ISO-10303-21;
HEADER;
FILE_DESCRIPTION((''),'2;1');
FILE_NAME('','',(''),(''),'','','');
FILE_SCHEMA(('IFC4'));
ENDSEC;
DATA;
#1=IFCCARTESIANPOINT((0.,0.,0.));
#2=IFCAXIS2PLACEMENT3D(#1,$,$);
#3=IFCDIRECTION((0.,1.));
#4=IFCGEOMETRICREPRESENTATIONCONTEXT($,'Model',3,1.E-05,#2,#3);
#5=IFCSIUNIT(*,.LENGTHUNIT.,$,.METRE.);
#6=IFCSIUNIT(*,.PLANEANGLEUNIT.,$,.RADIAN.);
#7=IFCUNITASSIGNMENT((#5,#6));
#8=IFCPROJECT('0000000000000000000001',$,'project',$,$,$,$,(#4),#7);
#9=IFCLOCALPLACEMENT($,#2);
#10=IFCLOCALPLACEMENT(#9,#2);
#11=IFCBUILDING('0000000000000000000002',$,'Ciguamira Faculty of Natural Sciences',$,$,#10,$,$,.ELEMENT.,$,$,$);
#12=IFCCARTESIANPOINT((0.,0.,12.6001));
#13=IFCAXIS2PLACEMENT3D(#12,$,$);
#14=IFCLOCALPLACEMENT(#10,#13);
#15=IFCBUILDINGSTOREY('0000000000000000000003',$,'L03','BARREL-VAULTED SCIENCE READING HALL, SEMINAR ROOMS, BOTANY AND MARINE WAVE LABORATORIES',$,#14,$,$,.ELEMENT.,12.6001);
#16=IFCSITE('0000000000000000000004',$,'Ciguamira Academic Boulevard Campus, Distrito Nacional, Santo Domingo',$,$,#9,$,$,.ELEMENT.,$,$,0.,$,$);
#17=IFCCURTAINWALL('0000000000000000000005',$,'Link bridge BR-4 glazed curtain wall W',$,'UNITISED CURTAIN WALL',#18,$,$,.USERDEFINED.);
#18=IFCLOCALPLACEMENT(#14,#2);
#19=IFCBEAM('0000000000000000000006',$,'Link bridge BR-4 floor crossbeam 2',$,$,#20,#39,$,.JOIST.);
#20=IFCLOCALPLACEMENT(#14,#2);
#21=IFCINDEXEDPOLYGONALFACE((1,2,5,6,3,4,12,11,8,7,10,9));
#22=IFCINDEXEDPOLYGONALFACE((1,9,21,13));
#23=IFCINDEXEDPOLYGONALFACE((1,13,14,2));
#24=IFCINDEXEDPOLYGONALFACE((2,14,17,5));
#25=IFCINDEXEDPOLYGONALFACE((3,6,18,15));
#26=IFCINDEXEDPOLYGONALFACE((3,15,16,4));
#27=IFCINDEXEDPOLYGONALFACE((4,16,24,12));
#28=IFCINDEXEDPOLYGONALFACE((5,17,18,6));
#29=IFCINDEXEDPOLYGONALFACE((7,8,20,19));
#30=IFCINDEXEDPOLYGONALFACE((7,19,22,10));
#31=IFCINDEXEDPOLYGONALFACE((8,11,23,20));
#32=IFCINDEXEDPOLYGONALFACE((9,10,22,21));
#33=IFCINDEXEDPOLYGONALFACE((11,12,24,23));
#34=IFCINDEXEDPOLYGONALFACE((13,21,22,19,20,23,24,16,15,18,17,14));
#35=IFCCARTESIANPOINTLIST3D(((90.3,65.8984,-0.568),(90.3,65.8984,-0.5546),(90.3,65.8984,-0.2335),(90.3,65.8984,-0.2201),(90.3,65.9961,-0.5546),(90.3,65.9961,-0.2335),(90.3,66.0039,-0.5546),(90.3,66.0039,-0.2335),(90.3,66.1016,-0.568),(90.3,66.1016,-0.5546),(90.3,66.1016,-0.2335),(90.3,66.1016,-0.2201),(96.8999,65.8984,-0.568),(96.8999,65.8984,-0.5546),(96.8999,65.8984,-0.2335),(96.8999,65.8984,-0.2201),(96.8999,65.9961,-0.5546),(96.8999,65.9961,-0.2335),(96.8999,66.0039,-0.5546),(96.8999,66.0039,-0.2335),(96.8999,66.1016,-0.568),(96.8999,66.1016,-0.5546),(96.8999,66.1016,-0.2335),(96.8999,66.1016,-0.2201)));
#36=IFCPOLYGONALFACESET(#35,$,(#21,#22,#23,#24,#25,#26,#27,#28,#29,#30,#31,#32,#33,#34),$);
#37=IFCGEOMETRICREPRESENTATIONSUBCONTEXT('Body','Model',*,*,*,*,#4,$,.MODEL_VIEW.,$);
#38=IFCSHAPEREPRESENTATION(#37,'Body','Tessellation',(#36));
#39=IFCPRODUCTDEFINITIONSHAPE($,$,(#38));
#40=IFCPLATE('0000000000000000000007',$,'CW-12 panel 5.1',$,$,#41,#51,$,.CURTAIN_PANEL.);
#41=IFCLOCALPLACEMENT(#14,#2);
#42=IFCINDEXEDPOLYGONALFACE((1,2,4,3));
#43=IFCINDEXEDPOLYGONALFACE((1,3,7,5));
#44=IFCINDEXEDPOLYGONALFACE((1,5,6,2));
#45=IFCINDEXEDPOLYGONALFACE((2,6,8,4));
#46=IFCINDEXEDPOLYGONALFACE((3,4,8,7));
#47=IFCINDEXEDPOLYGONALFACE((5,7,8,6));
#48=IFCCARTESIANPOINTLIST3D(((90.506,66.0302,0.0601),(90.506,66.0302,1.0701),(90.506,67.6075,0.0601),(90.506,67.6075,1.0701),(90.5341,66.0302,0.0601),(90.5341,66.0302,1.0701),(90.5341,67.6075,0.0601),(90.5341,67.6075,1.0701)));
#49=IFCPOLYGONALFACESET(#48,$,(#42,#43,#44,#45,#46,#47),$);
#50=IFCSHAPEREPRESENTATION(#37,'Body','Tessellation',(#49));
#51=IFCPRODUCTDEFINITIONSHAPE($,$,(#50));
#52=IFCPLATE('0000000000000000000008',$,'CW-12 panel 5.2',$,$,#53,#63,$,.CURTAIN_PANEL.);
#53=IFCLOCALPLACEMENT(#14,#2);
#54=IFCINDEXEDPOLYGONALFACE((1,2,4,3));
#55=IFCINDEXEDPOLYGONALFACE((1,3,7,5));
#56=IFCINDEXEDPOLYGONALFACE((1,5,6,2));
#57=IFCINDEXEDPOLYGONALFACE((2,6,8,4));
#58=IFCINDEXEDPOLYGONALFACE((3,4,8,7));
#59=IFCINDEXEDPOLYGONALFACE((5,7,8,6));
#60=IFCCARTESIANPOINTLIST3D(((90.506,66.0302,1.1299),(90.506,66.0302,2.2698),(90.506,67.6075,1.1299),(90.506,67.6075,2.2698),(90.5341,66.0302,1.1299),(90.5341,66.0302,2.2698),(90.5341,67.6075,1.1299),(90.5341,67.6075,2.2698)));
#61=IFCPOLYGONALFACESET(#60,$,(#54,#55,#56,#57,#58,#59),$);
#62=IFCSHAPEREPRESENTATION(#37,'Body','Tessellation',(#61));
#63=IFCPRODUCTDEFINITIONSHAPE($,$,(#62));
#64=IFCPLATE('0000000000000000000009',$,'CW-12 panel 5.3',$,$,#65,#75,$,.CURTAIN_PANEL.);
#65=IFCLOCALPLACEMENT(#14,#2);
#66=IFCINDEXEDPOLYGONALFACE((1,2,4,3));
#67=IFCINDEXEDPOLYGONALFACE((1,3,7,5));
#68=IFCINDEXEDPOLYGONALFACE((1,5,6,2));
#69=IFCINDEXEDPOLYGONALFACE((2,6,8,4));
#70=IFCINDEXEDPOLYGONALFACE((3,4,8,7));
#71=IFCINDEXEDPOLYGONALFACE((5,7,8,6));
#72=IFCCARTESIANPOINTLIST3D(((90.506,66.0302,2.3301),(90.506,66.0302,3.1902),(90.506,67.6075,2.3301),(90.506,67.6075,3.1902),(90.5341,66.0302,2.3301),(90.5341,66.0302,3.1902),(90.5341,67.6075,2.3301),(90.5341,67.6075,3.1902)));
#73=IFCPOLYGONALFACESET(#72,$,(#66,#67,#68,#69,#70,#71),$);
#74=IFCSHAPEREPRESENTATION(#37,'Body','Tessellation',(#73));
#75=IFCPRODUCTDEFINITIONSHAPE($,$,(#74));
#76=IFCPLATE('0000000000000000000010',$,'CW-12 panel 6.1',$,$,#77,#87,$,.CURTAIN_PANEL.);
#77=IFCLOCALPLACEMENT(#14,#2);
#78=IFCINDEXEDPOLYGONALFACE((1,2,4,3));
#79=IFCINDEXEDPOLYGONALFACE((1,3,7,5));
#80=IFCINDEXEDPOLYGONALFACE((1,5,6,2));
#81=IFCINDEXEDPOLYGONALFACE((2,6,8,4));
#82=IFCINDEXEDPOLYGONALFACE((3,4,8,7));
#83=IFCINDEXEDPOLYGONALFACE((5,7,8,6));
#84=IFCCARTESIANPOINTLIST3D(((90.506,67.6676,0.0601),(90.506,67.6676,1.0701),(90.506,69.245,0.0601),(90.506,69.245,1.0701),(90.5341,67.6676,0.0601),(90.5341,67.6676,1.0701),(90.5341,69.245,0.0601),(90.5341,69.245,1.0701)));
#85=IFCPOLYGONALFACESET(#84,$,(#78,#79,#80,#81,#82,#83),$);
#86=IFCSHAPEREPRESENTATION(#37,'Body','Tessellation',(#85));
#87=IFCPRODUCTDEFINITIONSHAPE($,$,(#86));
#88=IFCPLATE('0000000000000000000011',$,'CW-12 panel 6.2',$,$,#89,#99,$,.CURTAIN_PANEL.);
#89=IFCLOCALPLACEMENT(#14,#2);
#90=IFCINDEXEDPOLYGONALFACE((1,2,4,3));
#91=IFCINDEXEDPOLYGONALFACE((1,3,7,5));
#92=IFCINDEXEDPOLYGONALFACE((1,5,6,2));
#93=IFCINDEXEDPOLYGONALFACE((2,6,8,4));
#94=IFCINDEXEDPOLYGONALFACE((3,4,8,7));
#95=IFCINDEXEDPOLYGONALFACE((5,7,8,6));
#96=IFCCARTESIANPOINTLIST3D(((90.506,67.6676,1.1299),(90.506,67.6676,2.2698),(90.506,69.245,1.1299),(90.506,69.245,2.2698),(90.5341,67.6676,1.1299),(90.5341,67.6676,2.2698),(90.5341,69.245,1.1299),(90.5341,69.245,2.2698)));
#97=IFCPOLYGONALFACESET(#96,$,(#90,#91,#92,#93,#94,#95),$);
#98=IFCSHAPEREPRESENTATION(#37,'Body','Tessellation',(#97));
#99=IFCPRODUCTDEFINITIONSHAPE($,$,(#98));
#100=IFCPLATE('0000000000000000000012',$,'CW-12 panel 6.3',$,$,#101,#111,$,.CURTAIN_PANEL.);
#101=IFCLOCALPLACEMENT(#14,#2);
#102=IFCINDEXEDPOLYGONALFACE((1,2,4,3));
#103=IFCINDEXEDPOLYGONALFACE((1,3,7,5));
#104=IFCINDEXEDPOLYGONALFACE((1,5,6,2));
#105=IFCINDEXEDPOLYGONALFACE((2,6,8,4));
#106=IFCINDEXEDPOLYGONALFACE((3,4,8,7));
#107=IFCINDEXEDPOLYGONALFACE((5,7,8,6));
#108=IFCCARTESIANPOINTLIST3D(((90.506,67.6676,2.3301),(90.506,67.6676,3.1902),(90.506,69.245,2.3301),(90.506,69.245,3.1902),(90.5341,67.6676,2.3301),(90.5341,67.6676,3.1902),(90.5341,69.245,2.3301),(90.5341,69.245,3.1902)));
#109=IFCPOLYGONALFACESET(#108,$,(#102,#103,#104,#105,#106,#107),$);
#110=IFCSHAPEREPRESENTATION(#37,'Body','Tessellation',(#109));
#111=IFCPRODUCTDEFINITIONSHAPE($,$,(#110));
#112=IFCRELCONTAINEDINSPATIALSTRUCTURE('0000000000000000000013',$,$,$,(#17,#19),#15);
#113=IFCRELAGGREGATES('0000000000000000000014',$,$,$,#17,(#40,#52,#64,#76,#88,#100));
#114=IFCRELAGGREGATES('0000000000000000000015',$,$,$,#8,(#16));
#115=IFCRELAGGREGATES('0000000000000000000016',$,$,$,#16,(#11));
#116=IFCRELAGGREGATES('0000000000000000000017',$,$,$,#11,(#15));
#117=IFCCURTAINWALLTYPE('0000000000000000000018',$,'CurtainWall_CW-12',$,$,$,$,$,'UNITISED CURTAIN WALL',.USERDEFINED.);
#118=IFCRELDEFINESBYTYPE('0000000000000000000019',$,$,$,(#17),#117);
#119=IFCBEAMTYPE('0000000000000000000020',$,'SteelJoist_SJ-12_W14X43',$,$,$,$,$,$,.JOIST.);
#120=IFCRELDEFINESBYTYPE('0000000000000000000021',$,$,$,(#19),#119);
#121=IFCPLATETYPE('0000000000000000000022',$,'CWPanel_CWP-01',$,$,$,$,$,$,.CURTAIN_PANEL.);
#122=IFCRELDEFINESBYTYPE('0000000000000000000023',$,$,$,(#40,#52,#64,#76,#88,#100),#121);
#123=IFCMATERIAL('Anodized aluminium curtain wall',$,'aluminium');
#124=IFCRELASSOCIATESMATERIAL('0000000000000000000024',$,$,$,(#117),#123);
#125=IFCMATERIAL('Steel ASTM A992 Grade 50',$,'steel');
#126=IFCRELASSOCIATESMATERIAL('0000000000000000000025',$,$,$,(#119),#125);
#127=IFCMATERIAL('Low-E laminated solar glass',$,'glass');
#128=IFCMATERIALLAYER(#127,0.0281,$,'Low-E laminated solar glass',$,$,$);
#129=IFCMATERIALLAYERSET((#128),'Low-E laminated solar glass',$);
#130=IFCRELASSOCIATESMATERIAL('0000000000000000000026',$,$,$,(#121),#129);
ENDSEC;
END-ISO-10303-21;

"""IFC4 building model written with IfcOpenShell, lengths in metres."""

from ifc_helpers import new_model, si_unit, direction, frame, origin, origin_2d, place, context, subcontext, project, spatial, rectangle, i_section, extrude, material, layer, layer_set, material_profile, profile_set, type_object, element, aggregate, save


model = new_model("IFC4")

# Units and contexts
model_context = context("Model", 3, precision=1e-05, world=origin(), true_north=direction((0.0, 1.0)))
body_context = subcontext(model_context, "Body", "Model", "MODEL_VIEW")
ifc_project = project(units=[si_unit("LENGTHUNIT", "METRE"), si_unit("PLANEANGLEUNIT", "RADIAN")], contexts=[model_context])

# Site, building, storey
site_placement = place(None, origin())
site = spatial("IfcSite", under=ifc_project, at=site_placement, Name="Ciguamira Academic Boulevard Campus, Distrito Nacional, Santo Domingo", CompositionType="ELEMENT", RefElevation=0.0)
building_placement = place(site_placement, origin())
building = spatial("IfcBuilding", under=site, at=building_placement, Name="Ciguamira Faculty of Natural Sciences", CompositionType="ELEMENT")
storey_placement = place(building_placement, frame((0.0, 0.0, 12.6001)))
storey = spatial("IfcBuildingStorey", under=building, at=storey_placement, Name="L03", Description="BARREL-VAULTED SCIENCE READING HALL, SEMINAR ROOMS, BOTANY AND MARINE WAVE LABORATORIES", CompositionType="ELEMENT", Elevation=12.6001)

# Curtain wall
ifc_material_1 = material(Name="Anodized aluminium curtain wall", Category="aluminium")
curtain_wall_type = type_object("IfcCurtainWallType", Name="CurtainWall_CW-12", ElementType="UNITISED CURTAIN WALL", PredefinedType="USERDEFINED", material=ifc_material_1)
curtain_wall_placement = place(storey_placement, origin())
curtain_wall = element("IfcCurtainWall", 1, at=curtain_wall_placement, inside=storey, type_object=curtain_wall_type, Name="Link bridge BR-4 glazed curtain wall W", ObjectType="UNITISED CURTAIN WALL", PredefinedType="USERDEFINED")

# Beam
ifc_material_2 = material(Name="Steel ASTM A992 Grade 50", Category="steel")
ifc_material_profile_1 = material_profile(ifc_material_2, i_section(OverallWidth=0.2031, OverallDepth=0.3479, WebThickness=0.0078, FlangeThickness=0.0134, at=origin_2d()), Name="W14X43")
ifc_profile_set_1 = profile_set([ifc_material_profile_1], Name="Steel ASTM A992 Grade 50")
beam_type = type_object("IfcBeamType", Name="SteelJoist_SJ-12_W14X43", PredefinedType="JOIST", material=ifc_profile_set_1)
beam_placement = place(storey_placement, frame((90.3, 66.0, -0.394), z_axis=(1.0, 0.0, 0.0), x_axis=(0.0, 1.0, 0.0)))
element("IfcBeam", 2, at=beam_placement, inside=storey, type_object=beam_type, Name="Link bridge BR-4 floor crossbeam 2", PredefinedType="JOIST", context=body_context, shape_type="SweptSolid", body=[
    extrude(i_section(OverallWidth=0.2031, OverallDepth=0.3479, WebThickness=0.0078, FlangeThickness=0.0134, at=origin_2d()), origin(), (0.0, 0.0, 1.0), 6.5999),
])

# Plates
ifc_material_3 = material(Name="Low-E laminated solar glass", Category="glass")
ifc_layer = layer(ifc_material_3, 0.0281, Name="Low-E laminated solar glass")
ifc_layer_set = layer_set([ifc_layer], Name="Low-E laminated solar glass")
plate_type = type_object("IfcPlateType", Name="CWPanel_CWP-01", PredefinedType="CURTAIN_PANEL", material=ifc_layer_set)
plate_1_placement = place(storey_placement, frame((90.52, 66.8188, 0.0601), z_axis=(0.0, 0.0, 1.0), x_axis=(0.0, 1.0, 0.0)))
plate_1 = element("IfcPlate", 3, at=plate_1_placement, type_object=plate_type, Name="CW-12 panel 5.1", PredefinedType="CURTAIN_PANEL", context=body_context, shape_type="SweptSolid", body=[
    extrude(rectangle(XDim=1.5774, YDim=0.0281, at=origin_2d()), origin(), (0.0, 0.0, 1.0), 1.01),
])
plate_2_placement = place(storey_placement, frame((90.52, 66.8188, 1.1299), z_axis=(0.0, 0.0, 1.0), x_axis=(0.0, 1.0, 0.0)))
plate_2 = element("IfcPlate", 4, at=plate_2_placement, type_object=plate_type, Name="CW-12 panel 5.2", PredefinedType="CURTAIN_PANEL", context=body_context, shape_type="SweptSolid", body=[
    extrude(rectangle(XDim=1.5774, YDim=0.0281, at=origin_2d()), origin(), (0.0, 0.0, 1.0), 1.1399),
])
plate_3_placement = place(storey_placement, frame((90.52, 66.8188, 2.3301), z_axis=(0.0, 0.0, 1.0), x_axis=(0.0, 1.0, 0.0)))
plate_3 = element("IfcPlate", 5, at=plate_3_placement, type_object=plate_type, Name="CW-12 panel 5.3", PredefinedType="CURTAIN_PANEL", context=body_context, shape_type="SweptSolid", body=[
    extrude(rectangle(XDim=1.5774, YDim=0.0281, at=origin_2d()), origin(), (0.0, 0.0, 1.0), 0.8601),
])
plate_4_placement = place(storey_placement, frame((90.52, 68.4563, 0.0601), z_axis=(0.0, 0.0, 1.0), x_axis=(0.0, 1.0, 0.0)))
plate_4 = element("IfcPlate", 6, at=plate_4_placement, type_object=plate_type, Name="CW-12 panel 6.1", PredefinedType="CURTAIN_PANEL", context=body_context, shape_type="SweptSolid", body=[
    extrude(rectangle(XDim=1.5774, YDim=0.0281, at=origin_2d()), origin(), (0.0, 0.0, 1.0), 1.01),
])
plate_5_placement = place(storey_placement, frame((90.52, 68.4563, 1.1299), z_axis=(0.0, 0.0, 1.0), x_axis=(0.0, 1.0, 0.0)))
plate_5 = element("IfcPlate", 7, at=plate_5_placement, type_object=plate_type, Name="CW-12 panel 6.2", PredefinedType="CURTAIN_PANEL", context=body_context, shape_type="SweptSolid", body=[
    extrude(rectangle(XDim=1.5774, YDim=0.0281, at=origin_2d()), origin(), (0.0, 0.0, 1.0), 1.1399),
])
plate_6_placement = place(storey_placement, frame((90.52, 68.4563, 2.3301), z_axis=(0.0, 0.0, 1.0), x_axis=(0.0, 1.0, 0.0)))
plate_6 = element("IfcPlate", 8, at=plate_6_placement, type_object=plate_type, Name="CW-12 panel 6.3", PredefinedType="CURTAIN_PANEL", context=body_context, shape_type="SweptSolid", body=[
    extrude(rectangle(XDim=1.5774, YDim=0.0281, at=origin_2d()), origin(), (0.0, 0.0, 1.0), 0.8601),
])
aggregate(curtain_wall, [plate_1, plate_2, plate_3, plate_4, plate_5, plate_6])

save(model, "model.ifc")
